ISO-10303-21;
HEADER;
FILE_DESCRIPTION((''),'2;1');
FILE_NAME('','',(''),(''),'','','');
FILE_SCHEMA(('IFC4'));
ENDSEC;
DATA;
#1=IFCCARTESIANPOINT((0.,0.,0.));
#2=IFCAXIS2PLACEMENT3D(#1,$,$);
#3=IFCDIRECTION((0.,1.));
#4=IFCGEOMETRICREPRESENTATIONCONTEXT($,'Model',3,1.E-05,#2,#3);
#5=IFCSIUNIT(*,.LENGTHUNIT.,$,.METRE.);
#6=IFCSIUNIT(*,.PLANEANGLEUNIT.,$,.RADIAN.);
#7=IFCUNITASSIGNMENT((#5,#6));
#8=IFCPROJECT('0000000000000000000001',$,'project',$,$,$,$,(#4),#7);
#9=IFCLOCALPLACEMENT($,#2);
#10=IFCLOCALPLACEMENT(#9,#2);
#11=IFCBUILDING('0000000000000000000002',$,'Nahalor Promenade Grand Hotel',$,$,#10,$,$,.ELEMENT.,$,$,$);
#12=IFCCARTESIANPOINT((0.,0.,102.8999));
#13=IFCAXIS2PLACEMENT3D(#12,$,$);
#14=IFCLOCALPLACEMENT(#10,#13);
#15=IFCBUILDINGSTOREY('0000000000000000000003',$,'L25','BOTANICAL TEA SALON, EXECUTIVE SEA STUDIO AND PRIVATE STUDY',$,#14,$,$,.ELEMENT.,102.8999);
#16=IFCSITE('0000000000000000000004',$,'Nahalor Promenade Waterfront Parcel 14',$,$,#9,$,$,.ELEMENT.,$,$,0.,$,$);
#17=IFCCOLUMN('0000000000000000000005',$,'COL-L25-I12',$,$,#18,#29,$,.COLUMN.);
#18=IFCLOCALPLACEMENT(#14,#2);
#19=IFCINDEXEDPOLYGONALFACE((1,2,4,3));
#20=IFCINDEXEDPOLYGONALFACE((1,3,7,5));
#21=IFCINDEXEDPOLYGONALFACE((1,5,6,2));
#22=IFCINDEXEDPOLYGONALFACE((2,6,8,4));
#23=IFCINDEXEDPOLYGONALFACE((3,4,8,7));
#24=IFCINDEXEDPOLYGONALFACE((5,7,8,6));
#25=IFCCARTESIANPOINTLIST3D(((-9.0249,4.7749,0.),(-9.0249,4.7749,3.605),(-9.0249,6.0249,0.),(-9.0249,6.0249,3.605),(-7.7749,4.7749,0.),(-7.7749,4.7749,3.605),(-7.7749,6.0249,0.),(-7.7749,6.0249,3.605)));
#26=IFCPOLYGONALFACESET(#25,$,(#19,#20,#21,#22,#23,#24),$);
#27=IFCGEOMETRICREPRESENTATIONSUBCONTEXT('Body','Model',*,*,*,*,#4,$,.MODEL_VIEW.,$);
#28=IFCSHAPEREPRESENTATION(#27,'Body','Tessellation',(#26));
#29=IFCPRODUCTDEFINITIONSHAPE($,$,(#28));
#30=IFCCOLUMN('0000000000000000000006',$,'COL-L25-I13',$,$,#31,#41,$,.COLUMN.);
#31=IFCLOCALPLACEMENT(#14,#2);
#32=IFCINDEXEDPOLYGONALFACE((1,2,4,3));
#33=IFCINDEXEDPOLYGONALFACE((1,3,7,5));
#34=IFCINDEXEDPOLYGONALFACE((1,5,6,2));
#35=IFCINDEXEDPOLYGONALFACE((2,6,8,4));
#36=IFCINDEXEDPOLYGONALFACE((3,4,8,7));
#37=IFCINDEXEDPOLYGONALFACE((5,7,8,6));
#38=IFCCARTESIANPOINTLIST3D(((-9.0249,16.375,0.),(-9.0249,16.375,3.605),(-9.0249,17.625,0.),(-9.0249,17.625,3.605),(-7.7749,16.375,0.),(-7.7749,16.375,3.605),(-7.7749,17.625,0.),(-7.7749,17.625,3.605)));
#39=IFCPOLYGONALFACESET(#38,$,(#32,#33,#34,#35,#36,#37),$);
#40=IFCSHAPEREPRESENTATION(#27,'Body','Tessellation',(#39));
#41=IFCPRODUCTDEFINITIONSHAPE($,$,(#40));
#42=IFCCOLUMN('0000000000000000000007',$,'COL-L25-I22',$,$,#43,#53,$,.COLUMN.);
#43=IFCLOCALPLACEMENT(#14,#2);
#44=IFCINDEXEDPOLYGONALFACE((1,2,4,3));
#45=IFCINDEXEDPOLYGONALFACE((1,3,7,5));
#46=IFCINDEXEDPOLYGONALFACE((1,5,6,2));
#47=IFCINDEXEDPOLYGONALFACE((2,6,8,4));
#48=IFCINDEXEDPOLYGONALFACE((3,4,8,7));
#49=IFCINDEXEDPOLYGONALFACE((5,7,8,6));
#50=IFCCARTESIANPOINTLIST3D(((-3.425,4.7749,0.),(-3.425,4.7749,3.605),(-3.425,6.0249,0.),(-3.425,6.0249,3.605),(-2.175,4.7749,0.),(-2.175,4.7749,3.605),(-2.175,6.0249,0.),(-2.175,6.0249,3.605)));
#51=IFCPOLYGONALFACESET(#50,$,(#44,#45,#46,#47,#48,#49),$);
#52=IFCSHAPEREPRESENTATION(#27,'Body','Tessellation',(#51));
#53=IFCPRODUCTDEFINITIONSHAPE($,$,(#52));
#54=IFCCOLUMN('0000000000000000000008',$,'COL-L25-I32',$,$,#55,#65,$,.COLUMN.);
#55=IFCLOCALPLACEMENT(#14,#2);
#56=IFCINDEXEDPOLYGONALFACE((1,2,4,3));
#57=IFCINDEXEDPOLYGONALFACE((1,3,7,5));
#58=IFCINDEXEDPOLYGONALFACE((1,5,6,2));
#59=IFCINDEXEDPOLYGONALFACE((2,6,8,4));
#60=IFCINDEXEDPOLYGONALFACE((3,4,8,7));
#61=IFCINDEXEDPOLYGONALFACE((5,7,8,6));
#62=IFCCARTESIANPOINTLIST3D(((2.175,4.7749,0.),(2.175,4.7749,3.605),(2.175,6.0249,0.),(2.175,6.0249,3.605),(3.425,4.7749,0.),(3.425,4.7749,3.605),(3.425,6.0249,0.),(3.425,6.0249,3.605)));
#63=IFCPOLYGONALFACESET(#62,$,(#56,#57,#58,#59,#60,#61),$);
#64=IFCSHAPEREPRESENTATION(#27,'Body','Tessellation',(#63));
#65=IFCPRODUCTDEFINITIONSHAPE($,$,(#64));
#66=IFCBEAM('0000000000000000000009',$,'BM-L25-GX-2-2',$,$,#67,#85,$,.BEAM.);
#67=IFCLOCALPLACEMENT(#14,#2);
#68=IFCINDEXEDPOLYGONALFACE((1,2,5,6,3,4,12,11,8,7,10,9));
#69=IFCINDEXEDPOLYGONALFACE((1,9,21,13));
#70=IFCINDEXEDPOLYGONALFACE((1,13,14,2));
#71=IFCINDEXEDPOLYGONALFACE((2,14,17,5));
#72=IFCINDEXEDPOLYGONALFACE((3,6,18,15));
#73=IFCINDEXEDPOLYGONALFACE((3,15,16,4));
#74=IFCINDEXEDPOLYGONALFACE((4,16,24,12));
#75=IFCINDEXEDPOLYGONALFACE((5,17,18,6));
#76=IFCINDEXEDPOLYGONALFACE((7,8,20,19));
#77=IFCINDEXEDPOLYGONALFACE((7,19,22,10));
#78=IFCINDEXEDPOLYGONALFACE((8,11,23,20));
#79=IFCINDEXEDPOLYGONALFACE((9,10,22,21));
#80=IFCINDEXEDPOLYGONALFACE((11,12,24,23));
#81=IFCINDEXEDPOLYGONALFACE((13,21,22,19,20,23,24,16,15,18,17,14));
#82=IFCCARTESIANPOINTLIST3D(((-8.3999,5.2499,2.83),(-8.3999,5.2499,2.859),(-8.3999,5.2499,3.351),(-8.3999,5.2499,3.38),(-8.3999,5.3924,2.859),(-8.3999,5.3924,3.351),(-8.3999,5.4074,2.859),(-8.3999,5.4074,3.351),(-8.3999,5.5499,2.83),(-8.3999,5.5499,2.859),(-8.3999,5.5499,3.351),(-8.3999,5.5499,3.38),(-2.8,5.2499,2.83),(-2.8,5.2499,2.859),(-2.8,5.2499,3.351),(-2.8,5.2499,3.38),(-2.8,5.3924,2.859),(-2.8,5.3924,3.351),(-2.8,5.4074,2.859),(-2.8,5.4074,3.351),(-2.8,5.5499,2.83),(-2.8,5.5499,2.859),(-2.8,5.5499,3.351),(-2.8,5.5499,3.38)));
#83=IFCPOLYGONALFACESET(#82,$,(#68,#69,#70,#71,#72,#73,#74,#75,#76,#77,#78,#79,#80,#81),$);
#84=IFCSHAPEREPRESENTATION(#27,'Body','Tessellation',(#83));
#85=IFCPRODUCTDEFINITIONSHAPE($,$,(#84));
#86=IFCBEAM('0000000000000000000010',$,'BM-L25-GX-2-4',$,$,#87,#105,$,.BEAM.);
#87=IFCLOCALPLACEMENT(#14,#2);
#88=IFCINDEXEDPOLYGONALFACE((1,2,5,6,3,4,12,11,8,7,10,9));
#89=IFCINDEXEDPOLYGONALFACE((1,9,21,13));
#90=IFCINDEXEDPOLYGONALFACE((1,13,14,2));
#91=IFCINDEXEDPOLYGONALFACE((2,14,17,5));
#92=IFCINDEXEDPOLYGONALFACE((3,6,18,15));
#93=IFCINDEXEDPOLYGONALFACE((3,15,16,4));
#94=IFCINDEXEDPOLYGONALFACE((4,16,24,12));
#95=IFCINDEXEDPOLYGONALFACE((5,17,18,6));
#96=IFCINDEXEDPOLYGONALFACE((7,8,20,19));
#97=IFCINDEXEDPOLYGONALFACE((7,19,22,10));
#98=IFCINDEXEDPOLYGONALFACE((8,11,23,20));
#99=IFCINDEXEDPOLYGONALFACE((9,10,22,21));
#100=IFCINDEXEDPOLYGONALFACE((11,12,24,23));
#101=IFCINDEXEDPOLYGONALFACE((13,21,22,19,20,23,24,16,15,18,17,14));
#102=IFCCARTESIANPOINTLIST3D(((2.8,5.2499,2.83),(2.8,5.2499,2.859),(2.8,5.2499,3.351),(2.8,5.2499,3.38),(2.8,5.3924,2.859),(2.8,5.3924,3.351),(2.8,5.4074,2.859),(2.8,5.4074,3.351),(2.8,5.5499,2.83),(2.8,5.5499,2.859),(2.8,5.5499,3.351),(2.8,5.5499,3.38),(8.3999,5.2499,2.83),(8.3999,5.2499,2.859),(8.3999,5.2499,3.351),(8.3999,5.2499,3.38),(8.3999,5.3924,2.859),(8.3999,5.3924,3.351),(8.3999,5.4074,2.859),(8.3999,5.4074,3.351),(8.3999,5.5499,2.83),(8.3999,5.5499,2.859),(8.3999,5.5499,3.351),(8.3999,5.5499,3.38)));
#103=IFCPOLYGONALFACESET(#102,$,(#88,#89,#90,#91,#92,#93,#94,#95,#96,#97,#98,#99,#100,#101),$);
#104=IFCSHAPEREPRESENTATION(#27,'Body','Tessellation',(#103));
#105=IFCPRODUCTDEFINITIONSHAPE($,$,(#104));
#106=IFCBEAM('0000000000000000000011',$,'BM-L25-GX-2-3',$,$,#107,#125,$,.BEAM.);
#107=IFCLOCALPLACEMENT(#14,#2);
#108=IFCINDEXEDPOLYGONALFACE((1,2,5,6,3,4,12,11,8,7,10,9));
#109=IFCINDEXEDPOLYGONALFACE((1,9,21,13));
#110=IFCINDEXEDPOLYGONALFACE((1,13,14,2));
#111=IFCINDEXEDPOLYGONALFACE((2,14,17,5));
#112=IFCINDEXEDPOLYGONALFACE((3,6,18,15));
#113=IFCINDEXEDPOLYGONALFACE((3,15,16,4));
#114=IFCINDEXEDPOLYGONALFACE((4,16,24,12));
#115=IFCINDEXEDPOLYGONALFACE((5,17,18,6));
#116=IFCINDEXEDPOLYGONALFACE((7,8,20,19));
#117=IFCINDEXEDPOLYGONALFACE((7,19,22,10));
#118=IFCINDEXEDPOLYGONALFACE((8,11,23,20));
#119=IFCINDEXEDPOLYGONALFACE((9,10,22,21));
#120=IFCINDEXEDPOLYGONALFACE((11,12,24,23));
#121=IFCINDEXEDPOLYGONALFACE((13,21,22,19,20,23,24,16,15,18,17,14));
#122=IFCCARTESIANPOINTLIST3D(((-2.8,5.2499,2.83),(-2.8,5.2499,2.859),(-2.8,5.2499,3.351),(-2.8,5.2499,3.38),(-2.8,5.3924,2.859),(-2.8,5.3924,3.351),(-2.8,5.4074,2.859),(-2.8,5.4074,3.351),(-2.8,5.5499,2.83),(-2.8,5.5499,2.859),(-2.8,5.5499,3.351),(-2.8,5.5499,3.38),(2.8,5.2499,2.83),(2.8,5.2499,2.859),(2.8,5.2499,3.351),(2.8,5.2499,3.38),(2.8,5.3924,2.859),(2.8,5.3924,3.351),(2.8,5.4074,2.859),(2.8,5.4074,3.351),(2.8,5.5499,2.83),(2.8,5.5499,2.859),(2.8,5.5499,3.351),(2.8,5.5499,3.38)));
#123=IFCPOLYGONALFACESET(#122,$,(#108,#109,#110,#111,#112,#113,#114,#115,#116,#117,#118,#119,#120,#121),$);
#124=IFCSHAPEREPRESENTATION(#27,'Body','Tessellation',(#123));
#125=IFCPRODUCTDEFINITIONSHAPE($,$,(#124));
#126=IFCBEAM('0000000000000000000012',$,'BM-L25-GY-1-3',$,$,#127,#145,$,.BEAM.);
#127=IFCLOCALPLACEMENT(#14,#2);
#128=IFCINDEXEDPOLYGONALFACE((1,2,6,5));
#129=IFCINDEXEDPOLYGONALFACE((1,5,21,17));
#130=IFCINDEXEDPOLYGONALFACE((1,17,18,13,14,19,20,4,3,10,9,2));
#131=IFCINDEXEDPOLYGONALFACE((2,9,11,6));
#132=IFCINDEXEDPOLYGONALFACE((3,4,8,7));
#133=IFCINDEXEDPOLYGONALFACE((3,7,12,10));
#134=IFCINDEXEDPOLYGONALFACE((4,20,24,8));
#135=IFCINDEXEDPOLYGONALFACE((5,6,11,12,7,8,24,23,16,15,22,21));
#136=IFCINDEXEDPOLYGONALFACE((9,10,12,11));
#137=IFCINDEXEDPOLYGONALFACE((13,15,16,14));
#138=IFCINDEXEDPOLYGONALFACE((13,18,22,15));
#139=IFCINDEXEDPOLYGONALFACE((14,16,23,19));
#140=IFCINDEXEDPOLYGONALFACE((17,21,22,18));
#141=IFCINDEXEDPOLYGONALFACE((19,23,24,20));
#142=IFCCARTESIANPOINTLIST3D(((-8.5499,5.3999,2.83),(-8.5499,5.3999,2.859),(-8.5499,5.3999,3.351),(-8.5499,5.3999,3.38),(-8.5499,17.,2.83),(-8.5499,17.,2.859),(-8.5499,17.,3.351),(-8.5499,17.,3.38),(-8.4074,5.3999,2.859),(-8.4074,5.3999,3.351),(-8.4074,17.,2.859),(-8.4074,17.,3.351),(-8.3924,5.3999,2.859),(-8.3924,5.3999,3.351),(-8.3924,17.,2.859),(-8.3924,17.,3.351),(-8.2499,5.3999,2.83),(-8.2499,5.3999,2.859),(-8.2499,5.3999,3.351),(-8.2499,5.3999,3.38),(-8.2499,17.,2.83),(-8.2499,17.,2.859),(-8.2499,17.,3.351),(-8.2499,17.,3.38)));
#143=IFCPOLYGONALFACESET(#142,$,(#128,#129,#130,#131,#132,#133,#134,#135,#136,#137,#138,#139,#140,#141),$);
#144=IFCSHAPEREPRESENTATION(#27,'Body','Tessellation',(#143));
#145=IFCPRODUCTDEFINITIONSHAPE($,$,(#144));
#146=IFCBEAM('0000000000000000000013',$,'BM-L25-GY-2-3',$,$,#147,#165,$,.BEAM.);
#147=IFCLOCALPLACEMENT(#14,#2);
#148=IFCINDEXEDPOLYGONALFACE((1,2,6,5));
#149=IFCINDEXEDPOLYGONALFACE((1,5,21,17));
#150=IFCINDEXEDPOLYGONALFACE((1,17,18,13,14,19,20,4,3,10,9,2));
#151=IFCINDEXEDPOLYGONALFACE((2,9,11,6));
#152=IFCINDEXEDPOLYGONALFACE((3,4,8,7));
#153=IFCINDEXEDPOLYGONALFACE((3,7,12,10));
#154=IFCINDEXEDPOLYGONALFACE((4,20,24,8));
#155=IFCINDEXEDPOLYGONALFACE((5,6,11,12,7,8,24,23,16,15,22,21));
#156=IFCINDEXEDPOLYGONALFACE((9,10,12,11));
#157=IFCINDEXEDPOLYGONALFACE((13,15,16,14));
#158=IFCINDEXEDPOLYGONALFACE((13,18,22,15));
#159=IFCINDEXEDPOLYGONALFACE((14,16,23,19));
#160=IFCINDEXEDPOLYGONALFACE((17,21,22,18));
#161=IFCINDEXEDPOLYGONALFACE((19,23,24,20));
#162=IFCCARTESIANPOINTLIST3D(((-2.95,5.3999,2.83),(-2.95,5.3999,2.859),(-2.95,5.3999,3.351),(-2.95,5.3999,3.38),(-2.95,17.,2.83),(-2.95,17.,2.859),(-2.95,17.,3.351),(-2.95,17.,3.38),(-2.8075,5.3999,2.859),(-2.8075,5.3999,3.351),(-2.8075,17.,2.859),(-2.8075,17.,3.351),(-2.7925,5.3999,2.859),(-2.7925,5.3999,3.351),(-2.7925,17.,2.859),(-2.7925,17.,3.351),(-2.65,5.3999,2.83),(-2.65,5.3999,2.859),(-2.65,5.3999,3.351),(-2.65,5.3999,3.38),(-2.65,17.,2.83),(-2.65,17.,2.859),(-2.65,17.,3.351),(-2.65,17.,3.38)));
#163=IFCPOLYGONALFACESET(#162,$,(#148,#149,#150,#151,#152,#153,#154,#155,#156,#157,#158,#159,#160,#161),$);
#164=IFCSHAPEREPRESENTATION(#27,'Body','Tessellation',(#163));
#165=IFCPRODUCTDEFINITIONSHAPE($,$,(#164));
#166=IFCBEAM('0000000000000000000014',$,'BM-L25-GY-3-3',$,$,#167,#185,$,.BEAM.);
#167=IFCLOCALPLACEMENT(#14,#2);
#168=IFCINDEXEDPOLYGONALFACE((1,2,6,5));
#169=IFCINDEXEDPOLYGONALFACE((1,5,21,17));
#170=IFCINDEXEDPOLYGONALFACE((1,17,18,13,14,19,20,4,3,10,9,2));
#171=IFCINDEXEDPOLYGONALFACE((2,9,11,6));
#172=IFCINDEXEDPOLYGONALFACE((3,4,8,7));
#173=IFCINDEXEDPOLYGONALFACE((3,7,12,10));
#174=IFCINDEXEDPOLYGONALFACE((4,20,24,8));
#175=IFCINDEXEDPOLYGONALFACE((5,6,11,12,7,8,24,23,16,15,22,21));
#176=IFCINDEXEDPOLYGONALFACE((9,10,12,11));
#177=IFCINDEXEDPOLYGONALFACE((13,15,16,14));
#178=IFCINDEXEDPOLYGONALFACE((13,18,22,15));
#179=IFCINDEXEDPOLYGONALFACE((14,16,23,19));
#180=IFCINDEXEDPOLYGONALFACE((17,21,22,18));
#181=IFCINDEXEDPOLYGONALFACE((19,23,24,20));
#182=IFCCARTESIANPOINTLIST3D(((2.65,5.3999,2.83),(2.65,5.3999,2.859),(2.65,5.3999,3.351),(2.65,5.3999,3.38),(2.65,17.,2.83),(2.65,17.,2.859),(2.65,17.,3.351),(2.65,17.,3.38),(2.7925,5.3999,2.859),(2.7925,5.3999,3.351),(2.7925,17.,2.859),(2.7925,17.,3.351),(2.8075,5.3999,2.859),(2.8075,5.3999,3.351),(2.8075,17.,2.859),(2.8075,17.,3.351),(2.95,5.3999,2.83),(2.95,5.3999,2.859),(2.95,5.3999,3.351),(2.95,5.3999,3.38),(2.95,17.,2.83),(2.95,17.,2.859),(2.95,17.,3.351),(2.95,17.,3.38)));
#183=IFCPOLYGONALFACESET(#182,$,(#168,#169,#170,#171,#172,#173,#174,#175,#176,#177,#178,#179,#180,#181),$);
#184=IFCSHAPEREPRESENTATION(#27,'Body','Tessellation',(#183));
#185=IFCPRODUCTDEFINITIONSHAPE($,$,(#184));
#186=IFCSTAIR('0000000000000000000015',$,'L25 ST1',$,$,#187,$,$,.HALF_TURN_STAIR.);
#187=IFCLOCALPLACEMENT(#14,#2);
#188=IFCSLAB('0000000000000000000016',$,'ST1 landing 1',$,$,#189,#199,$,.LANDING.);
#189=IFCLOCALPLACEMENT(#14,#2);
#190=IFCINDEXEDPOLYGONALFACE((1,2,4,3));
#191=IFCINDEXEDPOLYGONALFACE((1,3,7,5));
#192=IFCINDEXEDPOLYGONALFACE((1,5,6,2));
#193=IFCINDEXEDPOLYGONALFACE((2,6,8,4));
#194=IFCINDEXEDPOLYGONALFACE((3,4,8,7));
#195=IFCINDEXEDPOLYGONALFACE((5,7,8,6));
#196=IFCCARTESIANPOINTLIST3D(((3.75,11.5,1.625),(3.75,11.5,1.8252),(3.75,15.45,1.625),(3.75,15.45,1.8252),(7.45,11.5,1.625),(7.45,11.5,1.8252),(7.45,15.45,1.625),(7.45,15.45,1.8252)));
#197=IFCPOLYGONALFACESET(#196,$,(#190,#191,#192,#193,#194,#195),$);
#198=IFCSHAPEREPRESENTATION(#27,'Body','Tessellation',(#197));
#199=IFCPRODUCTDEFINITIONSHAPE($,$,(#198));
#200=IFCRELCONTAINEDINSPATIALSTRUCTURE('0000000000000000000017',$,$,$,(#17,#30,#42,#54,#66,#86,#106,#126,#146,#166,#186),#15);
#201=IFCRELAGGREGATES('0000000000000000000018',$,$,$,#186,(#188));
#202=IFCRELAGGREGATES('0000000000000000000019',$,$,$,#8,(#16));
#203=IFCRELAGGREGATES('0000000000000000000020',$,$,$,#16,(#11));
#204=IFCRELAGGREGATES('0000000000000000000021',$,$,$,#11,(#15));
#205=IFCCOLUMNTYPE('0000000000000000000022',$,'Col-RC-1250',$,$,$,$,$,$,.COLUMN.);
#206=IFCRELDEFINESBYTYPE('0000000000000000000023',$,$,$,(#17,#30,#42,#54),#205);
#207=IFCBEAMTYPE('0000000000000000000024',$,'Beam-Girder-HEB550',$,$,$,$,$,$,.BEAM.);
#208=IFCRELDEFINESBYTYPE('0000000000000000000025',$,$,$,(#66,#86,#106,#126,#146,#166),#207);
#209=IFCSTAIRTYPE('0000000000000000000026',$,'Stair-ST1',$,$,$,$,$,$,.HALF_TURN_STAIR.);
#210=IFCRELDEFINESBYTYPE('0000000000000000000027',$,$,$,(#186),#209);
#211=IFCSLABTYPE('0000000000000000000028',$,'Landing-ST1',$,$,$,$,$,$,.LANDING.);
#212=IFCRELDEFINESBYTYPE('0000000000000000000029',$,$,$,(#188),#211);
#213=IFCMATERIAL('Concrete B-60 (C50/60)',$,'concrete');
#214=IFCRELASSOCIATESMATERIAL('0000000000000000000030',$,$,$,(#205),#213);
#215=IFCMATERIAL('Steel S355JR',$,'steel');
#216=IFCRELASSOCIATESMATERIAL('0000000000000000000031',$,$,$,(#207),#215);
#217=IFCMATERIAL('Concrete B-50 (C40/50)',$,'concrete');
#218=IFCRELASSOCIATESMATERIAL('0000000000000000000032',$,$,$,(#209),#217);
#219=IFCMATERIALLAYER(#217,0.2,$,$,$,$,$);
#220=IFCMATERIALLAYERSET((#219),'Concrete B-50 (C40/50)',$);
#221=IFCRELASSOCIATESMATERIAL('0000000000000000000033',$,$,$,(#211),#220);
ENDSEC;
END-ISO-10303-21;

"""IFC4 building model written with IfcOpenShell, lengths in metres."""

from ifc_helpers import new_model, si_unit, direction, frame, origin, origin_2d, place, context, subcontext, project, spatial, polyline, rectangle, i_section, outline, extrude, source, transform, mapped, material, layer, layer_set, material_profile, profile_set, type_object, element, aggregate, save


model = new_model("IFC4")

# Units and contexts
model_context = context("Model", 3, precision=1e-05, world=origin(), true_north=direction((0.0, 1.0)))
body_context = subcontext(model_context, "Body", "Model", "MODEL_VIEW")
ifc_project = project(units=[si_unit("LENGTHUNIT", "METRE"), si_unit("PLANEANGLEUNIT", "RADIAN")], contexts=[model_context])

# Site, building, storey
site_placement = place(None, origin())
site = spatial("IfcSite", under=ifc_project, at=site_placement, Name="Nahalor Promenade Waterfront Parcel 14", CompositionType="ELEMENT", RefElevation=0.0)
building_placement = place(site_placement, origin())
building = spatial("IfcBuilding", under=site, at=building_placement, Name="Nahalor Promenade Grand Hotel", CompositionType="ELEMENT")
storey_placement = place(building_placement, frame((0.0, 0.0, 102.8999)))
storey = spatial("IfcBuildingStorey", under=building, at=storey_placement, Name="L25", Description="BOTANICAL TEA SALON, EXECUTIVE SEA STUDIO AND PRIVATE STUDY", CompositionType="ELEMENT", Elevation=102.8999)

# Columns
ifc_material_1 = material(Name="Concrete B-60 (C50/60)", Category="concrete")
ifc_material_profile_1 = material_profile(ifc_material_1, rectangle(XDim=1.25, YDim=1.25, at=origin_2d()), Name="RC 1250x1250")
ifc_profile_set_1 = profile_set([ifc_material_profile_1], Name="Concrete B-60 (C50/60)")
column_type = type_object("IfcColumnType", Name="Col-RC-1250", PredefinedType="COLUMN", material=ifc_profile_set_1)
shared_shape_1 = source(origin(), body_context, "Body", "SweptSolid", [
    extrude(rectangle(XDim=1.25, YDim=1.25, at=origin_2d()), origin(), (0.0, 0.0, 1.0), 3.605),
])
for number, where, z_axis, x_axis, name in (
    (1, (-8.3999, 5.3999, 0.0), (0.0, 0.0, 1.0), (1.0, 0.0, 0.0), "COL-L25-I12"),
    (2, (-8.3999, 17.0, 0.0), (0.0, 0.0, 1.0), (1.0, 0.0, 0.0), "COL-L25-I13"),
    (3, (-2.8, 5.3999, 0.0), (0.0, 0.0, 1.0), (1.0, 0.0, 0.0), "COL-L25-I22"),
    (4, (2.8, 5.3999, 0.0), (0.0, 0.0, 1.0), (1.0, 0.0, 0.0), "COL-L25-I32"),
):
    element("IfcColumn", number, at=place(storey_placement, frame(where, z_axis=z_axis, x_axis=x_axis)), inside=storey, type_object=column_type, Name=name, PredefinedType="COLUMN", context=body_context, shape_type="MappedRepresentation", body=[
        mapped(shared_shape_1, transform((0.0, 0.0, 0.0), scale=1.0)),
    ])

# Beams
ifc_material_2 = material(Name="Steel S355JR", Category="steel")
ifc_material_profile_2 = material_profile(ifc_material_2, i_section(OverallWidth=0.3, OverallDepth=0.55, WebThickness=0.015, FlangeThickness=0.029, at=origin_2d()), Name="HEB 550")
ifc_profile_set_2 = profile_set([ifc_material_profile_2], Name="Steel S355JR")
beam_type = type_object("IfcBeamType", Name="Beam-Girder-HEB550", PredefinedType="BEAM", material=ifc_profile_set_2)
shared_shape_2 = source(origin(), body_context, "Body", "SweptSolid", [
    extrude(i_section(OverallWidth=0.3, OverallDepth=0.55, WebThickness=0.015, FlangeThickness=0.029, at=origin_2d()), origin(), (0.0, 0.0, 1.0), 5.5999),
])
for number, where, z_axis, x_axis, name in (
    (5, (-8.3999, 5.3999, 3.105), (1.0, 0.0, 0.0), (0.0, 1.0, 0.0), "BM-L25-GX-2-2"),
    (6, (2.8, 5.3999, 3.105), (1.0, 0.0, 0.0), (0.0, 1.0, 0.0), "BM-L25-GX-2-4"),
):
    element("IfcBeam", number, at=place(storey_placement, frame(where, z_axis=z_axis, x_axis=x_axis)), inside=storey, type_object=beam_type, Name=name, PredefinedType="BEAM", context=body_context, shape_type="MappedRepresentation", body=[
        mapped(shared_shape_2, transform((0.0, 0.0, 0.0), scale=1.0)),
    ])
shared_shape_3 = source(origin(), body_context, "Body", "SweptSolid", [
    extrude(i_section(OverallWidth=0.3, OverallDepth=0.55, WebThickness=0.015, FlangeThickness=0.029, at=origin_2d()), origin(), (0.0, 0.0, 1.0), 5.6001),
])
beam_placement = place(storey_placement, frame((-2.8, 5.3999, 3.105), z_axis=(1.0, 0.0, 0.0), x_axis=(0.0, 1.0, 0.0)))
element("IfcBeam", 7, at=beam_placement, inside=storey, type_object=beam_type, Name="BM-L25-GX-2-3", PredefinedType="BEAM", context=body_context, shape_type="MappedRepresentation", body=[
    mapped(shared_shape_3, transform((0.0, 0.0, 0.0), scale=1.0)),
])
shared_shape_4 = source(origin(), body_context, "Body", "SweptSolid", [
    extrude(i_section(OverallWidth=0.3, OverallDepth=0.55, WebThickness=0.015, FlangeThickness=0.029, at=origin_2d()), origin(), (0.0, 0.0, 1.0), 11.6001),
])
for number, where, z_axis, x_axis, name in (
    (8, (-8.3999, 5.3999, 3.105), (0.0, 1.0, 0.0), (-1.0, 0.0, 0.0), "BM-L25-GY-1-3"),
    (9, (-2.8, 5.3999, 3.105), (0.0, 1.0, 0.0), (-1.0, 0.0, 0.0), "BM-L25-GY-2-3"),
    (10, (2.8, 5.3999, 3.105), (0.0, 1.0, 0.0), (-1.0, 0.0, 0.0), "BM-L25-GY-3-3"),
):
    element("IfcBeam", number, at=place(storey_placement, frame(where, z_axis=z_axis, x_axis=x_axis)), inside=storey, type_object=beam_type, Name=name, PredefinedType="BEAM", context=body_context, shape_type="MappedRepresentation", body=[
        mapped(shared_shape_4, transform((0.0, 0.0, 0.0), scale=1.0)),
    ])

# Stair, slab
ifc_material_3 = material(Name="Concrete B-50 (C40/50)", Category="concrete")
stair_type_1 = type_object("IfcStairType", Name="Stair-ST1", PredefinedType="HALF_TURN_STAIR", material=ifc_material_3)
stair_1_placement = place(storey_placement, origin())
stair_1 = element("IfcStair", 11, at=stair_1_placement, inside=storey, type_object=stair_type_1, Name="L25 ST1", PredefinedType="HALF_TURN_STAIR")
ifc_layer_1 = layer(ifc_material_3, 0.2)
ifc_layer_set_1 = layer_set([ifc_layer_1], Name="Concrete B-50 (C40/50)")
slab_type_1 = type_object("IfcSlabType", Name="Landing-ST1", PredefinedType="LANDING", material=ifc_layer_set_1)
slab_1_placement = place(storey_placement, frame((0.0, 0.0, 1.625)))
slab_1 = element("IfcSlab", 12, at=slab_1_placement, type_object=slab_type_1, Name="ST1 landing 1", PredefinedType="LANDING", context=body_context, shape_type="SweptSolid", body=[
    extrude(outline(polyline([(7.45, 11.5), (7.45, 15.45), (3.75, 15.45), (3.75, 11.5), (7.45, 11.5)])), origin(), (0.0, 0.0, 1.0), 0.2002),
])
aggregate(stair_1, [slab_1])

save(model, "model.ifc")
